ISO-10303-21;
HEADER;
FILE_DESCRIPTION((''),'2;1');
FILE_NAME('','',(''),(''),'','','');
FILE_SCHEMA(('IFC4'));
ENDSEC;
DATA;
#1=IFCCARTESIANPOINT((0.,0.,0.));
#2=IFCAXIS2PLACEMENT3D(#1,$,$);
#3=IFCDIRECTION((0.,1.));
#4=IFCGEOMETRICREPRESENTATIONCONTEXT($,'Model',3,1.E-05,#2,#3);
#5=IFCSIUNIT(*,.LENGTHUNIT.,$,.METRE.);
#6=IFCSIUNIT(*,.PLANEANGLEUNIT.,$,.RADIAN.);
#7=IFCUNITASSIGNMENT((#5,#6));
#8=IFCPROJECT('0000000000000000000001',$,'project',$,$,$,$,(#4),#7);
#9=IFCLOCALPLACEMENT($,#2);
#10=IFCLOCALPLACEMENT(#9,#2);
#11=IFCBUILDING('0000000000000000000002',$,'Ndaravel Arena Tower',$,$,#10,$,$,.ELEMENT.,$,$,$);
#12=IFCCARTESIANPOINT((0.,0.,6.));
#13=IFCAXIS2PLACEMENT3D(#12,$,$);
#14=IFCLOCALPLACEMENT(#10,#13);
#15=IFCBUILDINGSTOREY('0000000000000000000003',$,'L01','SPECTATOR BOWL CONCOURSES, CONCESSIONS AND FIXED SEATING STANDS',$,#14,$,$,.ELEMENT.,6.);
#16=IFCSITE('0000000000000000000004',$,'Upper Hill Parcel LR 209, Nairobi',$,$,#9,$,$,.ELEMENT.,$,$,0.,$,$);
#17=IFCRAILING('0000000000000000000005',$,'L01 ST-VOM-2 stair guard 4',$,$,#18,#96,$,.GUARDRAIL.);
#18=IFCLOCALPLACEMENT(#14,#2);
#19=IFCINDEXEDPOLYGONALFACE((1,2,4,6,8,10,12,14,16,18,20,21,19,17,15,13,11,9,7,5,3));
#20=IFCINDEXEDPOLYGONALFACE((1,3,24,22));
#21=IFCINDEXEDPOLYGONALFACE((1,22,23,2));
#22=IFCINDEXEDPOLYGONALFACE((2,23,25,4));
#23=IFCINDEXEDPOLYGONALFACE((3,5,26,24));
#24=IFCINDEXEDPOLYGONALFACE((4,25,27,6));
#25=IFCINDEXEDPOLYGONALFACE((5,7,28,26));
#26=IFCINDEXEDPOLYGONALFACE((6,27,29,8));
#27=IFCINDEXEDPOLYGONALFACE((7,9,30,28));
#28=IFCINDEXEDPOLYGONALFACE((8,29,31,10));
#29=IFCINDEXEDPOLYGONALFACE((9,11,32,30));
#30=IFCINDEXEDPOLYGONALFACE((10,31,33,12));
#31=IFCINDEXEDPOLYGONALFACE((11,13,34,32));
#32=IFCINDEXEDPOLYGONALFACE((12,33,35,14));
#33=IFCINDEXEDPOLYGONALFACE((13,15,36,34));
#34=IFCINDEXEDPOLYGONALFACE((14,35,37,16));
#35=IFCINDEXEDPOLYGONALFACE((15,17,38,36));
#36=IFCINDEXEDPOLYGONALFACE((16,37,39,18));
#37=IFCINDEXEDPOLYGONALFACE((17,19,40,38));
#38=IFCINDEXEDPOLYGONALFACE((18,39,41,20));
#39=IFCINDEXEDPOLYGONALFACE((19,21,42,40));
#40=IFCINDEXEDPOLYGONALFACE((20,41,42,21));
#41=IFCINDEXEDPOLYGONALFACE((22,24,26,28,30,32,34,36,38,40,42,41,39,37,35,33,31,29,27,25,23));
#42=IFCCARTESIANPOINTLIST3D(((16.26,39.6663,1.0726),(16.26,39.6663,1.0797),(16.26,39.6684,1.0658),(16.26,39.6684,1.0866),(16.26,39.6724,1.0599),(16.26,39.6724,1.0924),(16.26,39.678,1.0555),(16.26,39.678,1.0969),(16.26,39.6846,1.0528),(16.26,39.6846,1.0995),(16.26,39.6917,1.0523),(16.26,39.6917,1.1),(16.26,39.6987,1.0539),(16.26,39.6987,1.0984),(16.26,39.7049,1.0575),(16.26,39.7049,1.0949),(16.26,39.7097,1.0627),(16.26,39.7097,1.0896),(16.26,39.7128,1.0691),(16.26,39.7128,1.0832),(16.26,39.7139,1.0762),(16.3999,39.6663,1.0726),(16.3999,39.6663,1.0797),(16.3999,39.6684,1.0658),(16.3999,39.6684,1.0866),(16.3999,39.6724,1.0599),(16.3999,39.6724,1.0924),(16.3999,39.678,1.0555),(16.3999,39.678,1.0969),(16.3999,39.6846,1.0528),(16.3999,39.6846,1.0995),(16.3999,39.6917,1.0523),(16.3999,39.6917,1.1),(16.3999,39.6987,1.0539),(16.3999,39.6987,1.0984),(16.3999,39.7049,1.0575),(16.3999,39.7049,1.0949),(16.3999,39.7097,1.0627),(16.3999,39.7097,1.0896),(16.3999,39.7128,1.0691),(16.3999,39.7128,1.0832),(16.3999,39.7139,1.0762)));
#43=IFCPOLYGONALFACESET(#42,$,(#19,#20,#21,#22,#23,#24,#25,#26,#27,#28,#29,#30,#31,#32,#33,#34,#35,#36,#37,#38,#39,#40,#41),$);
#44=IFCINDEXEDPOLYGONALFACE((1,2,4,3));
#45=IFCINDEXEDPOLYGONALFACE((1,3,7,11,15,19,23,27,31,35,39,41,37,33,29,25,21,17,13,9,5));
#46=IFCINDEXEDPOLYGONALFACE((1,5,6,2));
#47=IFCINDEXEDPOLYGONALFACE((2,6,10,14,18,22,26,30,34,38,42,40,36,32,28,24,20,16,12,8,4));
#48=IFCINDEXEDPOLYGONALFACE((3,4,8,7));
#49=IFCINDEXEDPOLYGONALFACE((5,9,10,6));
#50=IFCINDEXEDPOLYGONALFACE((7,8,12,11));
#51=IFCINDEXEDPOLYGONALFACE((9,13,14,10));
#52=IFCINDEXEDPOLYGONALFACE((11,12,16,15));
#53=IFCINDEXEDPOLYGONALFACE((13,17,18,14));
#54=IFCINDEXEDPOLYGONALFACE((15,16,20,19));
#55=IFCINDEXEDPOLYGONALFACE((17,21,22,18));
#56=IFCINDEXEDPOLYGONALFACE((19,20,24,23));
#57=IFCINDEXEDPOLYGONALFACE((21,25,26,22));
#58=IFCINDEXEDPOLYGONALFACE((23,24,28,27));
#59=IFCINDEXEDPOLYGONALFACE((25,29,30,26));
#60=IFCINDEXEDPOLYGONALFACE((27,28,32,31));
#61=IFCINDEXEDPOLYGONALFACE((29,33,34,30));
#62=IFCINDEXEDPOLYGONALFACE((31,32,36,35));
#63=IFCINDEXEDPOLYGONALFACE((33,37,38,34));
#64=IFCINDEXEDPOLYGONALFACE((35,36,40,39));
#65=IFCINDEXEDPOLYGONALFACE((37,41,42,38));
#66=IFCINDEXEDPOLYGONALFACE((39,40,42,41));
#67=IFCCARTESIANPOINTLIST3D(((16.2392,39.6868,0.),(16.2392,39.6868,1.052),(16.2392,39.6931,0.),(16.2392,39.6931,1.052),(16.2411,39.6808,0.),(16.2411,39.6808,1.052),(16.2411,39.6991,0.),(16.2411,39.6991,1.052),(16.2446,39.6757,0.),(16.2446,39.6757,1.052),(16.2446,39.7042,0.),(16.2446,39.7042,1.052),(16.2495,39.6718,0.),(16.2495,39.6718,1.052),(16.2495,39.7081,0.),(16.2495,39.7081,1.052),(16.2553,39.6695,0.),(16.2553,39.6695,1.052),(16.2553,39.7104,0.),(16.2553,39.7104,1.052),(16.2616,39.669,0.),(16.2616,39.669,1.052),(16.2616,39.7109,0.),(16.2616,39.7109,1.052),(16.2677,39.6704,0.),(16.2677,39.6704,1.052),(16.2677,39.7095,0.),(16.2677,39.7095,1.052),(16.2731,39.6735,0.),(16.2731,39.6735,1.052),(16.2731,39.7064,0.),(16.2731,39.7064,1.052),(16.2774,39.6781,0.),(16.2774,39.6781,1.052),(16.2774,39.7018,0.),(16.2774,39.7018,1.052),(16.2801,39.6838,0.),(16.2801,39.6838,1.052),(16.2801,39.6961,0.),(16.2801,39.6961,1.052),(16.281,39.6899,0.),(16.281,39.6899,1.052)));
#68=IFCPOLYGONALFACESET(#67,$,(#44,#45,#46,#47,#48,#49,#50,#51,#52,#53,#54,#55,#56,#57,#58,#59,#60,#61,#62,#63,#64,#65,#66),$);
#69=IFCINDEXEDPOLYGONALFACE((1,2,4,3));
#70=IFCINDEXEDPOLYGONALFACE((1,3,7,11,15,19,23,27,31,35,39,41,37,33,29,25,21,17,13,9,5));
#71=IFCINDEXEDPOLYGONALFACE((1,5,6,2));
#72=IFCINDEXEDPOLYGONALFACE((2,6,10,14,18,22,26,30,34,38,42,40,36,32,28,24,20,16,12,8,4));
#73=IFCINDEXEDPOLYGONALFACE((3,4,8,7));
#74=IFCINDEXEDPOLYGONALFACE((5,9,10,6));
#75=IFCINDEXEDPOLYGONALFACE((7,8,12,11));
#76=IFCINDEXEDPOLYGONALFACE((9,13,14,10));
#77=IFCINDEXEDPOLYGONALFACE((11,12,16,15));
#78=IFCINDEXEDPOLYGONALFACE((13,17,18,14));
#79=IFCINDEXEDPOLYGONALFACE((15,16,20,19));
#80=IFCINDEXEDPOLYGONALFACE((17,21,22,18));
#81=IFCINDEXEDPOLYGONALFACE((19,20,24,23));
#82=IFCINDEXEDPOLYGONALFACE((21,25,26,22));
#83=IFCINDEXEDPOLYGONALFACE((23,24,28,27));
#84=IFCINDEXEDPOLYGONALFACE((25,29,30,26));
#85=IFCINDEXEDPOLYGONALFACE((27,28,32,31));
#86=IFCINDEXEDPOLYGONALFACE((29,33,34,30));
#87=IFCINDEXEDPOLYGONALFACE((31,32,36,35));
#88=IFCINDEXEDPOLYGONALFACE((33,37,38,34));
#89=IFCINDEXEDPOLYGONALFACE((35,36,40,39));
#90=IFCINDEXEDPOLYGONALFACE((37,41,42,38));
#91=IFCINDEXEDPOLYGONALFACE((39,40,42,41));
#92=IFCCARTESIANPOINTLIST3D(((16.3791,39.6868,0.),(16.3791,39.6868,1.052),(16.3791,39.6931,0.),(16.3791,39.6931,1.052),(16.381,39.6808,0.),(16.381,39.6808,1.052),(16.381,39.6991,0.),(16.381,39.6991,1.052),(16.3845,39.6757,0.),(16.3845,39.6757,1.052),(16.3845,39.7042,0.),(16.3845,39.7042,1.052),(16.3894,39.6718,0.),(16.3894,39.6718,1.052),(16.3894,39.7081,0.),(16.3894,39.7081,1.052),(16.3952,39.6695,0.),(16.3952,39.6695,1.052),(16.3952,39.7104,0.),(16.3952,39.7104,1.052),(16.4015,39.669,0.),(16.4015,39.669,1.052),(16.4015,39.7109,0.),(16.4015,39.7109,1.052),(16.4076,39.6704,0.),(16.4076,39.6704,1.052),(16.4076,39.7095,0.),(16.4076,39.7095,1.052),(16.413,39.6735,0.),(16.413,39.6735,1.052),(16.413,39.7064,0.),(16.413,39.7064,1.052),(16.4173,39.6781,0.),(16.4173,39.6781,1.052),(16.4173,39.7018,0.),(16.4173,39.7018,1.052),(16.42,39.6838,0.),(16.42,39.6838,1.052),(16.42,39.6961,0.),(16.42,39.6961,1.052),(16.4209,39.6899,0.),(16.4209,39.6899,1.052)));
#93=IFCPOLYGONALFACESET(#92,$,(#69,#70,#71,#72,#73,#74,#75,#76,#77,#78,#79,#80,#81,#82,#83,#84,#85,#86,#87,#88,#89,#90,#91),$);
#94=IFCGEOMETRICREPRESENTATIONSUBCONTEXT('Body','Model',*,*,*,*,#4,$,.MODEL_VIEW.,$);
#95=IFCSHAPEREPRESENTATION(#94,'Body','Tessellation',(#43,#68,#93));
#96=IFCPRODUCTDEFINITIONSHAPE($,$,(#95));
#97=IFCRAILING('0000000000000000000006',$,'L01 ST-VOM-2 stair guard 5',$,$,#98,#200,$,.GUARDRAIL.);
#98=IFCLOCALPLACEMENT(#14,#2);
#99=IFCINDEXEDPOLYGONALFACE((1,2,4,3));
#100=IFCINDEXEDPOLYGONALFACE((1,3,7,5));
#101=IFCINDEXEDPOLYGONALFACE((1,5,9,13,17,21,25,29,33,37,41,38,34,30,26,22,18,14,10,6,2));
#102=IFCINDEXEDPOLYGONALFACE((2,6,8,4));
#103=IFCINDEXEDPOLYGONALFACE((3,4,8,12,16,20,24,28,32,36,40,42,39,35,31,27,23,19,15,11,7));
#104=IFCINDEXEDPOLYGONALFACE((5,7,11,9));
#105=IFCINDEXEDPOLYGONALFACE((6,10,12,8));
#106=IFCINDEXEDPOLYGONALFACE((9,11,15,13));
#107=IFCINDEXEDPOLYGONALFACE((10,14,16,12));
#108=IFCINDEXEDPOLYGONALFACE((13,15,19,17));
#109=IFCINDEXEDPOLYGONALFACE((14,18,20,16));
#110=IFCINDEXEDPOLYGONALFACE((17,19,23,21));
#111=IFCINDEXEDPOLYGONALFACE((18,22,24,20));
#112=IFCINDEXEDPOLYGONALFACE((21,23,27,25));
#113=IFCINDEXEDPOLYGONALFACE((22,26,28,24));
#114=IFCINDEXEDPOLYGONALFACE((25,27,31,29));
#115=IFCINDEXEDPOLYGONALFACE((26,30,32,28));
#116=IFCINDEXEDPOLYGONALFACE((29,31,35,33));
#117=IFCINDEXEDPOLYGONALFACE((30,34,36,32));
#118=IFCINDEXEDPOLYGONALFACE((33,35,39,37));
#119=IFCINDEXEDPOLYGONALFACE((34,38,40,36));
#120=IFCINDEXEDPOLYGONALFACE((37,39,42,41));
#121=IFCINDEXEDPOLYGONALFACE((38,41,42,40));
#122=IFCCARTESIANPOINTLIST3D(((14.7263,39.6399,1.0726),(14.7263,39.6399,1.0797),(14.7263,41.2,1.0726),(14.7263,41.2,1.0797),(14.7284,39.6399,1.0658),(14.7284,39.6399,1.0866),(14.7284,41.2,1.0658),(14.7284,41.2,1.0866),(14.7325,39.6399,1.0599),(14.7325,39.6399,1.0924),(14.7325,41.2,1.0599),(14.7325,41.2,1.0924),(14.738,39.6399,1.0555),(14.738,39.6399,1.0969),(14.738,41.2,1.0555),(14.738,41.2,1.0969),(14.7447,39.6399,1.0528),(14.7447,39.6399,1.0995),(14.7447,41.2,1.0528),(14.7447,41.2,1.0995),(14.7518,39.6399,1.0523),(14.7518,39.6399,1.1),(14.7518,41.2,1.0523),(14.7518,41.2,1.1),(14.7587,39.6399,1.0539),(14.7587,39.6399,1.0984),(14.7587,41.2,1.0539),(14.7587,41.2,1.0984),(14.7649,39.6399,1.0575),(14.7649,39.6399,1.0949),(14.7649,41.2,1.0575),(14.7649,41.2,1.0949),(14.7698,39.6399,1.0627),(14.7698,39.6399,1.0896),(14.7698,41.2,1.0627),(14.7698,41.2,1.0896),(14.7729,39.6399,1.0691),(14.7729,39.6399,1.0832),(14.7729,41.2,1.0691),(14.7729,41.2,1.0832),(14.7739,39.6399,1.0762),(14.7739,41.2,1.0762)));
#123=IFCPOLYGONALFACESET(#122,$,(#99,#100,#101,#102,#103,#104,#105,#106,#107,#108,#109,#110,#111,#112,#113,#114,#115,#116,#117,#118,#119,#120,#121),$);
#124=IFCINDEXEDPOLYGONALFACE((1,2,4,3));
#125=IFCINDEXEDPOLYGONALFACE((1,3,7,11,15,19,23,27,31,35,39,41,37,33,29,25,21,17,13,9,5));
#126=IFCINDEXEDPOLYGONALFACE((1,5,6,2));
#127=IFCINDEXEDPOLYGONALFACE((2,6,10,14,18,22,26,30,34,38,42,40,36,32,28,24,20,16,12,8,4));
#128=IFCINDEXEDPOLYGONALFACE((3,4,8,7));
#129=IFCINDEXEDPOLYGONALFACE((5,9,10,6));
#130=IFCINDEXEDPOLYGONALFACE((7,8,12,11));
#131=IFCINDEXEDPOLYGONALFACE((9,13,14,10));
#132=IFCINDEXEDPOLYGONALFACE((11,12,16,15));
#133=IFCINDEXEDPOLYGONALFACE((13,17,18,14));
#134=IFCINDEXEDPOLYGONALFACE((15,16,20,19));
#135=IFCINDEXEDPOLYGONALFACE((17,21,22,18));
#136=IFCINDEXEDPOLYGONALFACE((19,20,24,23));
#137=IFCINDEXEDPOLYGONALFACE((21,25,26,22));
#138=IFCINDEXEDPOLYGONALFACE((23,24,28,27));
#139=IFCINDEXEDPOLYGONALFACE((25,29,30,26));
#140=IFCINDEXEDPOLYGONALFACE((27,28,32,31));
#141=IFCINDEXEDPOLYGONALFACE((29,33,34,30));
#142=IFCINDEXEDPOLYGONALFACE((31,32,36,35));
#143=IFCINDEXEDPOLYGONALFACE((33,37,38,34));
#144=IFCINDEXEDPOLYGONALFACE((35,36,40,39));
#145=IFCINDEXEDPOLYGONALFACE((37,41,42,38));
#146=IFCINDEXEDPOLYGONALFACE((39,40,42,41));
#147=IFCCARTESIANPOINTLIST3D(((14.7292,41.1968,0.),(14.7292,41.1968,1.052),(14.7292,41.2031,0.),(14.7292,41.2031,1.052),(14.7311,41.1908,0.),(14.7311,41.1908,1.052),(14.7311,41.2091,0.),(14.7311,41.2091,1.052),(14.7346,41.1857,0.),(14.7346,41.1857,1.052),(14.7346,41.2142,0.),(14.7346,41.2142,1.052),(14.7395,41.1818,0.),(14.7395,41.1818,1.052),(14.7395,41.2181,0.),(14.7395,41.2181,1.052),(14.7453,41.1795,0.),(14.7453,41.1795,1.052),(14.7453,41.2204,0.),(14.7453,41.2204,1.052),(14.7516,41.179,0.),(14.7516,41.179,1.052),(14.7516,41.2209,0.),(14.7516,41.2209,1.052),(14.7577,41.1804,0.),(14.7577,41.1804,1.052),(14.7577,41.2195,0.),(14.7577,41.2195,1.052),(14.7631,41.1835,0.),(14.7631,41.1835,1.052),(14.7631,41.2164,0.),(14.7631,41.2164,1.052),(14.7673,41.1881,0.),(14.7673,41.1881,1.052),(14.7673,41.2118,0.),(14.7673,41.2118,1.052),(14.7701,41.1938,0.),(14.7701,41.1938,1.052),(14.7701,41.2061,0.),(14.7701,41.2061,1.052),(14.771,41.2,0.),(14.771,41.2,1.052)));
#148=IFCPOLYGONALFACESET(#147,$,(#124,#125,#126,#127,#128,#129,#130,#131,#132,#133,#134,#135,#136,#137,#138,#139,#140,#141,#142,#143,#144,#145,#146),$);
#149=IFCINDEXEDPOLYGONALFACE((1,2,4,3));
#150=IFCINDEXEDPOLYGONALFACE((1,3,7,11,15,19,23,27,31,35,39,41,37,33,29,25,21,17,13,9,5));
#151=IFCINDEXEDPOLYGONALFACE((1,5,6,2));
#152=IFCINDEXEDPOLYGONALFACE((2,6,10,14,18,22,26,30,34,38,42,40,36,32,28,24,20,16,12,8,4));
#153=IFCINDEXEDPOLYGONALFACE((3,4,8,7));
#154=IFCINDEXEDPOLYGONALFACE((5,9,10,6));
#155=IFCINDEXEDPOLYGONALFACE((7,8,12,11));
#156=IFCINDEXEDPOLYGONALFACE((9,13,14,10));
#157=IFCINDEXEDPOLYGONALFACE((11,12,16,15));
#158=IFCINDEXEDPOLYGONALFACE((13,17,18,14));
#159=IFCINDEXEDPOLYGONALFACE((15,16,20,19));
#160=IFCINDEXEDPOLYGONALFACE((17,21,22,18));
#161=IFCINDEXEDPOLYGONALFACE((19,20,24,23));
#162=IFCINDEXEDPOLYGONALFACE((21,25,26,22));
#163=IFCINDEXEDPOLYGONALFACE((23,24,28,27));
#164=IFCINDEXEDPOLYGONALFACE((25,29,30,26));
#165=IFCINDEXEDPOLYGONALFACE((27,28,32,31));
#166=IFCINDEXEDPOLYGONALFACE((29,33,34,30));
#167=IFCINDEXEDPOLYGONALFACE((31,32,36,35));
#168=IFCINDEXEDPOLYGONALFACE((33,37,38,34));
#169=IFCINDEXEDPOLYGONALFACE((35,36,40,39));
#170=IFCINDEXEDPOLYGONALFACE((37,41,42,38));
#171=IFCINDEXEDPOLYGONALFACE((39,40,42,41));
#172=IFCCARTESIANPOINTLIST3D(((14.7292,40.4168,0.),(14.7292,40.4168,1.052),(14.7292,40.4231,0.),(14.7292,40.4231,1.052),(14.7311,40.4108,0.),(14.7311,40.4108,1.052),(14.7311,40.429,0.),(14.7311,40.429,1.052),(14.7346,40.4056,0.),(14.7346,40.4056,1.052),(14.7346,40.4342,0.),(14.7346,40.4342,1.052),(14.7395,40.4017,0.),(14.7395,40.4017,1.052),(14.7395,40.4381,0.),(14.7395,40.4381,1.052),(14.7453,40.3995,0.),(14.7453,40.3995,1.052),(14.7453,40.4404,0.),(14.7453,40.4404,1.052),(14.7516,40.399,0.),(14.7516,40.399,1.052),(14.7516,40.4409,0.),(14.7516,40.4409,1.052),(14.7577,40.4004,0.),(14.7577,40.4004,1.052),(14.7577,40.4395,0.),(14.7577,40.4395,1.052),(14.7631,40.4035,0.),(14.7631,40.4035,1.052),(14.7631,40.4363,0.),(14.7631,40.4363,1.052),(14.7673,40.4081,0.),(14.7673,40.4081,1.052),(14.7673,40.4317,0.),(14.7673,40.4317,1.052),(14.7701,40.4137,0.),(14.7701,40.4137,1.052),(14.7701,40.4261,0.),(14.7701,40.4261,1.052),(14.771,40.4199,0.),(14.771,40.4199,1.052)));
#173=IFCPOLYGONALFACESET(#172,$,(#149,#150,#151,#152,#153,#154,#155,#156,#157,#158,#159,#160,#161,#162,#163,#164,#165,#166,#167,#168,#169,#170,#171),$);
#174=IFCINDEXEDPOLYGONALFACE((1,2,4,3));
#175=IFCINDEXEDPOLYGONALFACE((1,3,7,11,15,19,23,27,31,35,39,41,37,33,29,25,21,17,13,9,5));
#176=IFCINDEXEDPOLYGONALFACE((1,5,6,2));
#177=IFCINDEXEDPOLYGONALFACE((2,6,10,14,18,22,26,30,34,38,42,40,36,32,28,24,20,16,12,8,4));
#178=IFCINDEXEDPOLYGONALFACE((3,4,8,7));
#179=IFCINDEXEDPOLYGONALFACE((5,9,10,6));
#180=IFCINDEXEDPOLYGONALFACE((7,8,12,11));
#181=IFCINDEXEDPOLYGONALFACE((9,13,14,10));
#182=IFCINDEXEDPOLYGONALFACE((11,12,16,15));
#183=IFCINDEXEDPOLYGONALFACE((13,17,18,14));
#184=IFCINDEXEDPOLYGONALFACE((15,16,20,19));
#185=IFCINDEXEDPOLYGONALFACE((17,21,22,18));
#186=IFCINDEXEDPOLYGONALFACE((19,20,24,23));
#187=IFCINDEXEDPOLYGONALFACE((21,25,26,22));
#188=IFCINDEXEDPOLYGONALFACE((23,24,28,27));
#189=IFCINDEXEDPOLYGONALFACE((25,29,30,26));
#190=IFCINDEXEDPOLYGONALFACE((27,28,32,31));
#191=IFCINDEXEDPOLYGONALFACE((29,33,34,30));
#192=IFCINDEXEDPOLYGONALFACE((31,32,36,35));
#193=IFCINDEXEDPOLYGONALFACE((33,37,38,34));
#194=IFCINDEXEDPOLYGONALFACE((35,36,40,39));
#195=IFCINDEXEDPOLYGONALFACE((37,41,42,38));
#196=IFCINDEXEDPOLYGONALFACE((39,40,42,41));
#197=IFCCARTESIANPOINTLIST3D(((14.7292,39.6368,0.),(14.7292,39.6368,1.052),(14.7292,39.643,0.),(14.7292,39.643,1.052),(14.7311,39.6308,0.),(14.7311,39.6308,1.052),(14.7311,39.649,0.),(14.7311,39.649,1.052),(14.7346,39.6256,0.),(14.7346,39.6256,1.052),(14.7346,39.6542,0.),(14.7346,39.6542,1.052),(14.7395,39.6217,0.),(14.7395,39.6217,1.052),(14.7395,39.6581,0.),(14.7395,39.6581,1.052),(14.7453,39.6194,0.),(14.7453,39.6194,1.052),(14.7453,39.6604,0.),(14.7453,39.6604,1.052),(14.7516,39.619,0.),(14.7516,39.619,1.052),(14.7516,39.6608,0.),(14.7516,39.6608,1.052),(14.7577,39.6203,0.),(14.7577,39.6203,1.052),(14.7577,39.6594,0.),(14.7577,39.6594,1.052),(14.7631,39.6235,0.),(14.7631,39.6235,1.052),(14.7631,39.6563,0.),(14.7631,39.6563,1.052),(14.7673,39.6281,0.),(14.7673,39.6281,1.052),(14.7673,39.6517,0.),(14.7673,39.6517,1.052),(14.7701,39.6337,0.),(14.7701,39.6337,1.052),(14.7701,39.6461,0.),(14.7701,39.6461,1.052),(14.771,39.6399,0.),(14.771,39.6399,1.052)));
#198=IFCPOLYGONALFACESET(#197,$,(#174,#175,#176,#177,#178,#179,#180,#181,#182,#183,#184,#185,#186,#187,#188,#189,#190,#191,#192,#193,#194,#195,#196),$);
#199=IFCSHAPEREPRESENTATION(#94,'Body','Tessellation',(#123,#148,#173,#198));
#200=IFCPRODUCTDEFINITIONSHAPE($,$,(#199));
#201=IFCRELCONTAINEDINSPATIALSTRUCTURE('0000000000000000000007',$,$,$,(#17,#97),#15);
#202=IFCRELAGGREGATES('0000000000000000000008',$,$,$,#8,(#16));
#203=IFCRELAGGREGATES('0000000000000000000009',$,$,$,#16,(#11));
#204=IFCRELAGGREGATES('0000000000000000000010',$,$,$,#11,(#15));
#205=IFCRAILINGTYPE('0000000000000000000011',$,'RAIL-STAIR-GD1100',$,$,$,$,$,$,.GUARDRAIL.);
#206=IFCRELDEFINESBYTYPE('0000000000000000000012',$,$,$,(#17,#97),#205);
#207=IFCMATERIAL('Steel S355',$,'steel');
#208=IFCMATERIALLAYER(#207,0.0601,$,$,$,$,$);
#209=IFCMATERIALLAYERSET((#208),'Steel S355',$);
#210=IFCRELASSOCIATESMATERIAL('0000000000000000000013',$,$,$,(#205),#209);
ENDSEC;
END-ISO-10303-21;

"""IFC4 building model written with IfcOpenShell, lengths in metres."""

from ifc_helpers import new_model, si_unit, direction, frame, origin, origin_2d, place, context, subcontext, project, spatial, circle, extrude, material, layer, layer_set, type_object, element, save


model = new_model("IFC4")

# Units and contexts
model_context = context("Model", 3, precision=1e-05, world=origin(), true_north=direction((0.0, 1.0)))
body_context = subcontext(model_context, "Body", "Model", "MODEL_VIEW")
ifc_project = project(units=[si_unit("LENGTHUNIT", "METRE"), si_unit("PLANEANGLEUNIT", "RADIAN")], contexts=[model_context])

# Site, building, storey
site_placement = place(None, origin())
site = spatial("IfcSite", under=ifc_project, at=site_placement, Name="Upper Hill Parcel LR 209, Nairobi", CompositionType="ELEMENT", RefElevation=0.0)
building_placement = place(site_placement, origin())
building = spatial("IfcBuilding", under=site, at=building_placement, Name="Ndaravel Arena Tower", CompositionType="ELEMENT")
storey_placement = place(building_placement, frame((0.0, 0.0, 6.0)))
storey = spatial("IfcBuildingStorey", under=building, at=storey_placement, Name="L01", Description="SPECTATOR BOWL CONCOURSES, CONCESSIONS AND FIXED SEATING STANDS", CompositionType="ELEMENT", Elevation=6.0)

# Railings
ifc_material_1 = material(Name="Steel S355", Category="steel")
ifc_layer_1 = layer(ifc_material_1, 0.0601)
ifc_layer_set_1 = layer_set([ifc_layer_1], Name="Steel S355")
railing_type_1 = type_object("IfcRailingType", Name="RAIL-STAIR-GD1100", PredefinedType="GUARDRAIL", material=ifc_layer_set_1)
railing_1_placement = place(storey_placement, frame((16.26, 39.6899, 0.0)))
element("IfcRailing", 1, at=railing_1_placement, inside=storey, type_object=railing_type_1, Name="L01 ST-VOM-2 stair guard 4", PredefinedType="GUARDRAIL", context=body_context, shape_type="SweptSolid", body=[
    extrude(circle(Radius=0.0239, at=origin_2d()), frame((0.0, 0.0, 1.0762), z_axis=(1.0, 0.0, 0.0), x_axis=(0.0, 1.0, 0.0)), (0.0, 0.0, 1.0), 0.1399),
    extrude(circle(Radius=0.021, at=origin_2d()), origin(), (0.0, 0.0, 1.0), 1.052),
    extrude(circle(Radius=0.021, at=origin_2d()), frame((0.1399, 0.0, 0.0)), (0.0, 0.0, 1.0), 1.052),
])
railing_2_placement = place(storey_placement, frame((14.75, 41.2, 0.0)))
element("IfcRailing", 2, at=railing_2_placement, inside=storey, type_object=railing_type_1, Name="L01 ST-VOM-2 stair guard 5", PredefinedType="GUARDRAIL", context=body_context, shape_type="SweptSolid", body=[
    extrude(circle(Radius=0.0239, at=origin_2d()), frame((0.0, 0.0, 1.0762), z_axis=(0.0, -1.0, 0.0), x_axis=(1.0, 0.0, 0.0)), (0.0, 0.0, 1.0), 1.5601),
    extrude(circle(Radius=0.021, at=origin_2d()), origin(), (0.0, 0.0, 1.0), 1.052),
    extrude(circle(Radius=0.021, at=origin_2d()), frame((0.0, -0.78, 0.0)), (0.0, 0.0, 1.0), 1.052),
    extrude(circle(Radius=0.021, at=origin_2d()), frame((0.0, -1.5601, 0.0)), (0.0, 0.0, 1.0), 1.052),
])

save(model, "model.ifc")
